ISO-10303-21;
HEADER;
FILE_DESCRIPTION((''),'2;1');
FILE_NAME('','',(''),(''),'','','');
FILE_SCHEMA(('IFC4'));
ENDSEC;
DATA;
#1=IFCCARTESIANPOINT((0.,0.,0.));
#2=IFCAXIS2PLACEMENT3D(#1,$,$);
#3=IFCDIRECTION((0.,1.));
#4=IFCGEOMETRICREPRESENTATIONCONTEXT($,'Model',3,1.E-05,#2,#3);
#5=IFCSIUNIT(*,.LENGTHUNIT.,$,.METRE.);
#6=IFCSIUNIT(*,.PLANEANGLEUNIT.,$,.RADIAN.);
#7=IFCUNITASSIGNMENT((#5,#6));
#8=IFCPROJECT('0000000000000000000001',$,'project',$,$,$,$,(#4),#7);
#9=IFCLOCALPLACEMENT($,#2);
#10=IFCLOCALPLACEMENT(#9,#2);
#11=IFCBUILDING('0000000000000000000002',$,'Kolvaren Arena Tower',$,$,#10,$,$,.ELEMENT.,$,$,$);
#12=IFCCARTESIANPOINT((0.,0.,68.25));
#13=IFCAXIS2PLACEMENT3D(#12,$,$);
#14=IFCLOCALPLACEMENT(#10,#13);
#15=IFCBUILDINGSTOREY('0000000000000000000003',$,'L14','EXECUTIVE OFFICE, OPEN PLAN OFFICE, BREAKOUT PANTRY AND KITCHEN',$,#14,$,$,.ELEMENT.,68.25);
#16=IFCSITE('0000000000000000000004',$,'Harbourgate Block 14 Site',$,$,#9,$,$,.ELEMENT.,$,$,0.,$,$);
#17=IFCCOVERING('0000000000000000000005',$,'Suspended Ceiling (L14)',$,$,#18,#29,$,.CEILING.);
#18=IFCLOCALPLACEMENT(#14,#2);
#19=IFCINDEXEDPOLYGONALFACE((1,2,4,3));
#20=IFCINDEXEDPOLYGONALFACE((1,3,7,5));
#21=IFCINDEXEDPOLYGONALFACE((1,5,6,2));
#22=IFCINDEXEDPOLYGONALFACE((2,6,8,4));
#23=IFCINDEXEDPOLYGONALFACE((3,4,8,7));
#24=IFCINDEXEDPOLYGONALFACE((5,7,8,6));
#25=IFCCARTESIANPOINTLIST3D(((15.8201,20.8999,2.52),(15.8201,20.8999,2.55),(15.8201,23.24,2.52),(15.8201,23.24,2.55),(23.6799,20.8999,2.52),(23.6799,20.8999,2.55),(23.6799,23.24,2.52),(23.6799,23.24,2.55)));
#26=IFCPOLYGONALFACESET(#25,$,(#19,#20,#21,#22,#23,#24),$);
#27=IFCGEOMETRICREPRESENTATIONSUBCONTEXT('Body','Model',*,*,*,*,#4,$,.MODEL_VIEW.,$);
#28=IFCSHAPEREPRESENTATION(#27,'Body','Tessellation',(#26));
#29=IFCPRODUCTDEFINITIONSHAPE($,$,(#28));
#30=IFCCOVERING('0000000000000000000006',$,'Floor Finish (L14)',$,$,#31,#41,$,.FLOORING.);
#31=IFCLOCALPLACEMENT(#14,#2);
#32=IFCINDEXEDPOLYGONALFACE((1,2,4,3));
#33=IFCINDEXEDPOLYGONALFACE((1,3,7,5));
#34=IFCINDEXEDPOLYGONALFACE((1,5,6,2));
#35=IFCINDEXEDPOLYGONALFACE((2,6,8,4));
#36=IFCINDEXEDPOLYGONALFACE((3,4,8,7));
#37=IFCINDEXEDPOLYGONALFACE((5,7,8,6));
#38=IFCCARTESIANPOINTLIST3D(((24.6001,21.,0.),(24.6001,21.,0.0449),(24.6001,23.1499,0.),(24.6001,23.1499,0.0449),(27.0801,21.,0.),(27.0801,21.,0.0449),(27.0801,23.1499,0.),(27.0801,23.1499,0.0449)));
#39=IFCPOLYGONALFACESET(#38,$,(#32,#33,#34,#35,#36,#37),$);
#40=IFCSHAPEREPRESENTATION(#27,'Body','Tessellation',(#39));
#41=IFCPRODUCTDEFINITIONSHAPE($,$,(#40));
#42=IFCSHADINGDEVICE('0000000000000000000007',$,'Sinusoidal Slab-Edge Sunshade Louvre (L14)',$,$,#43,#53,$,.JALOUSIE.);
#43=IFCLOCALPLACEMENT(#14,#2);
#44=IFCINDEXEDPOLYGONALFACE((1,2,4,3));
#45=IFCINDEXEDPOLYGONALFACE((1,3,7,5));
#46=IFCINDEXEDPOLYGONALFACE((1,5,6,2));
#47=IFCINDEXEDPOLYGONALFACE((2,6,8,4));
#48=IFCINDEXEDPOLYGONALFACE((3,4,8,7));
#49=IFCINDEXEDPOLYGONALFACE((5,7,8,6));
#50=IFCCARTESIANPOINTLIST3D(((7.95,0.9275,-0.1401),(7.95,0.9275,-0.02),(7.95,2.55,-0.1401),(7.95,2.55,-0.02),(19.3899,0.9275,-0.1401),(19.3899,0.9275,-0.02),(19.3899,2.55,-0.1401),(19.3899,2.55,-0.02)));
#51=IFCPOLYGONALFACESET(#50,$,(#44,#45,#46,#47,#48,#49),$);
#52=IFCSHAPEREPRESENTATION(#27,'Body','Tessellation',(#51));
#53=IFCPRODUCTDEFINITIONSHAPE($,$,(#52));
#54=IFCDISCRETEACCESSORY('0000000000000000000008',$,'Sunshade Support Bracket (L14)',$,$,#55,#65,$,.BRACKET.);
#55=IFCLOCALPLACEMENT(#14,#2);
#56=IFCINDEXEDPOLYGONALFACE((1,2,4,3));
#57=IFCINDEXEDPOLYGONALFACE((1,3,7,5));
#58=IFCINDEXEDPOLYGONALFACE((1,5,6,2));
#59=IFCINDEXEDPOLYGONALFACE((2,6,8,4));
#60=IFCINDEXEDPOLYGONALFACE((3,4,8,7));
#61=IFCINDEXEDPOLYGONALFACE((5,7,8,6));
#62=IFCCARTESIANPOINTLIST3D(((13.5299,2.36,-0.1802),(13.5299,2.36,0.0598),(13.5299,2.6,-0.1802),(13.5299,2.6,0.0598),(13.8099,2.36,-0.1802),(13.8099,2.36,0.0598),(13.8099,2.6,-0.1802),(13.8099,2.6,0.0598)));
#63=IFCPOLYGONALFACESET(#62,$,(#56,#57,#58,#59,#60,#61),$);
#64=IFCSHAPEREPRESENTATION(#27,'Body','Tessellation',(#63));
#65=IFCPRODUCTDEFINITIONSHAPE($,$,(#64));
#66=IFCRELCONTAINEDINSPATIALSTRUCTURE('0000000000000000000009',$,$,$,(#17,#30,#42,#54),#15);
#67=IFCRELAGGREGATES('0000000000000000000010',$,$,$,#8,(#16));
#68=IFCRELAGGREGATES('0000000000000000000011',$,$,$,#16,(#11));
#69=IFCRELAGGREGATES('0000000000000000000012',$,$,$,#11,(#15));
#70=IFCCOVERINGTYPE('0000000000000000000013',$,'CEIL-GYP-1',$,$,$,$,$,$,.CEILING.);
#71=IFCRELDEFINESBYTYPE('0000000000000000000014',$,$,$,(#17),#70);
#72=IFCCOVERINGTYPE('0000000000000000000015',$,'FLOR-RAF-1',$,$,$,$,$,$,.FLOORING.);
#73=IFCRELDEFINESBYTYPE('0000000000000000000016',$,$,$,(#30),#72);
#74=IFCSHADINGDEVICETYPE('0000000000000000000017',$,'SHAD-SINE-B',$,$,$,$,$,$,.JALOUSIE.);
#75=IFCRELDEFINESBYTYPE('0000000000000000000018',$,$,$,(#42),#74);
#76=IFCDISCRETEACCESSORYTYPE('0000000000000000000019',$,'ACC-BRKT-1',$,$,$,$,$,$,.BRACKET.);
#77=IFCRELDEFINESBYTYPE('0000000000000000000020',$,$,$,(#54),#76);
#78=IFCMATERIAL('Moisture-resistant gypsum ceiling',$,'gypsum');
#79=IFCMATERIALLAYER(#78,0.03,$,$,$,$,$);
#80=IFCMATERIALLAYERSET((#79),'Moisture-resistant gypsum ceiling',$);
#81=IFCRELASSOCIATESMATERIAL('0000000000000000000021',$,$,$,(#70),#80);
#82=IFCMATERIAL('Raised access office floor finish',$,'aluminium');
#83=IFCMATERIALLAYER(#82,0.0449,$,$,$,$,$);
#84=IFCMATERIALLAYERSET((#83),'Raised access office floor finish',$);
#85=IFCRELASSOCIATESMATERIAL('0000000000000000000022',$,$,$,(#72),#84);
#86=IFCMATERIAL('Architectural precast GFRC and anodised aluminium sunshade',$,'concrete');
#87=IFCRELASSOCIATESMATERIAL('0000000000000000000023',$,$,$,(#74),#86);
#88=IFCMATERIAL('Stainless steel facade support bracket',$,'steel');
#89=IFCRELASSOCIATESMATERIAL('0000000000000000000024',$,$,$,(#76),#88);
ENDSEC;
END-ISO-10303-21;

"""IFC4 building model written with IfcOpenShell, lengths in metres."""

from ifc_helpers import new_model, si_unit, direction, frame, origin, origin_2d, place, context, subcontext, project, spatial, polyline, rectangle, outline, extrude, material, layer, layer_set, type_object, element, save


model = new_model("IFC4")

# Units and contexts
model_context = context("Model", 3, precision=1e-05, world=origin(), true_north=direction((0.0, 1.0)))
body_context = subcontext(model_context, "Body", "Model", "MODEL_VIEW")
ifc_project = project(units=[si_unit("LENGTHUNIT", "METRE"), si_unit("PLANEANGLEUNIT", "RADIAN")], contexts=[model_context])

# Site, building, storey
site_placement = place(None, origin())
site = spatial("IfcSite", under=ifc_project, at=site_placement, Name="Harbourgate Block 14 Site", CompositionType="ELEMENT", RefElevation=0.0)
building_placement = place(site_placement, origin())
building = spatial("IfcBuilding", under=site, at=building_placement, Name="Kolvaren Arena Tower", CompositionType="ELEMENT")
storey_placement = place(building_placement, frame((0.0, 0.0, 68.25)))
storey = spatial("IfcBuildingStorey", under=building, at=storey_placement, Name="L14", Description="EXECUTIVE OFFICE, OPEN PLAN OFFICE, BREAKOUT PANTRY AND KITCHEN", CompositionType="ELEMENT", Elevation=68.25)

# Coverings
ifc_material_1 = material(Name="Moisture-resistant gypsum ceiling", Category="gypsum")
ifc_layer_1 = layer(ifc_material_1, 0.03)
ifc_layer_set_1 = layer_set([ifc_layer_1], Name="Moisture-resistant gypsum ceiling")
covering_type_1 = type_object("IfcCoveringType", Name="CEIL-GYP-1", PredefinedType="CEILING", material=ifc_layer_set_1)
covering_1_placement = place(storey_placement, frame((0.0, 0.0, 2.52)))
element("IfcCovering", 1, at=covering_1_placement, inside=storey, type_object=covering_type_1, Name="Suspended Ceiling (L14)", PredefinedType="CEILING", context=body_context, shape_type="SweptSolid", body=[
    extrude(outline(polyline([(15.8201, 20.8999), (15.8201, 23.24), (23.6799, 23.24), (23.6799, 20.8999), (15.8201, 20.8999)])), origin(), (0.0, 0.0, 1.0), 0.03),
])
ifc_material_2 = material(Name="Raised access office floor finish", Category="aluminium")
ifc_layer_2 = layer(ifc_material_2, 0.0449)
ifc_layer_set_2 = layer_set([ifc_layer_2], Name="Raised access office floor finish")
covering_type_2 = type_object("IfcCoveringType", Name="FLOR-RAF-1", PredefinedType="FLOORING", material=ifc_layer_set_2)
covering_2_placement = place(storey_placement, origin())
element("IfcCovering", 2, at=covering_2_placement, inside=storey, type_object=covering_type_2, Name="Floor Finish (L14)", PredefinedType="FLOORING", context=body_context, shape_type="SweptSolid", body=[
    extrude(outline(polyline([(24.6001, 21.0), (24.6001, 23.1499), (27.0801, 23.1499), (27.0801, 21.0), (24.6001, 21.0)])), origin(), (0.0, 0.0, 1.0), 0.0449),
])

# Shading device
ifc_material_3 = material(Name="Architectural precast GFRC and anodised aluminium sunshade", Category="concrete")
shading_device_type = type_object("IfcShadingDeviceType", Name="SHAD-SINE-B", PredefinedType="JALOUSIE", material=ifc_material_3)
shading_device_placement = place(storey_placement, frame((13.6699, 1.7388, -0.1401), z_axis=(0.0, 0.0, 1.0), x_axis=(-1.0, 0.0, 0.0)))
element("IfcShadingDevice", 3, at=shading_device_placement, inside=storey, type_object=shading_device_type, Name="Sinusoidal Slab-Edge Sunshade Louvre (L14)", PredefinedType="JALOUSIE", context=body_context, shape_type="SweptSolid", body=[
    extrude(rectangle(XDim=11.4399, YDim=1.6226, at=origin_2d()), origin(), (0.0, 0.0, 1.0), 0.1201),
])

# Discrete accessory
ifc_material_4 = material(Name="Stainless steel facade support bracket", Category="steel")
discrete_accessory_type = type_object("IfcDiscreteAccessoryType", Name="ACC-BRKT-1", PredefinedType="BRACKET", material=ifc_material_4)
discrete_accessory_placement = place(storey_placement, frame((13.6699, 2.48, -0.1802), z_axis=(0.0, 0.0, 1.0), x_axis=(-1.0, 0.0, 0.0)))
element("IfcDiscreteAccessory", 4, at=discrete_accessory_placement, inside=storey, type_object=discrete_accessory_type, Name="Sunshade Support Bracket (L14)", PredefinedType="BRACKET", context=body_context, shape_type="SweptSolid", body=[
    extrude(rectangle(XDim=0.28, YDim=0.24, at=origin_2d()), origin(), (0.0, 0.0, 1.0), 0.24),
])

save(model, "model.ifc")
